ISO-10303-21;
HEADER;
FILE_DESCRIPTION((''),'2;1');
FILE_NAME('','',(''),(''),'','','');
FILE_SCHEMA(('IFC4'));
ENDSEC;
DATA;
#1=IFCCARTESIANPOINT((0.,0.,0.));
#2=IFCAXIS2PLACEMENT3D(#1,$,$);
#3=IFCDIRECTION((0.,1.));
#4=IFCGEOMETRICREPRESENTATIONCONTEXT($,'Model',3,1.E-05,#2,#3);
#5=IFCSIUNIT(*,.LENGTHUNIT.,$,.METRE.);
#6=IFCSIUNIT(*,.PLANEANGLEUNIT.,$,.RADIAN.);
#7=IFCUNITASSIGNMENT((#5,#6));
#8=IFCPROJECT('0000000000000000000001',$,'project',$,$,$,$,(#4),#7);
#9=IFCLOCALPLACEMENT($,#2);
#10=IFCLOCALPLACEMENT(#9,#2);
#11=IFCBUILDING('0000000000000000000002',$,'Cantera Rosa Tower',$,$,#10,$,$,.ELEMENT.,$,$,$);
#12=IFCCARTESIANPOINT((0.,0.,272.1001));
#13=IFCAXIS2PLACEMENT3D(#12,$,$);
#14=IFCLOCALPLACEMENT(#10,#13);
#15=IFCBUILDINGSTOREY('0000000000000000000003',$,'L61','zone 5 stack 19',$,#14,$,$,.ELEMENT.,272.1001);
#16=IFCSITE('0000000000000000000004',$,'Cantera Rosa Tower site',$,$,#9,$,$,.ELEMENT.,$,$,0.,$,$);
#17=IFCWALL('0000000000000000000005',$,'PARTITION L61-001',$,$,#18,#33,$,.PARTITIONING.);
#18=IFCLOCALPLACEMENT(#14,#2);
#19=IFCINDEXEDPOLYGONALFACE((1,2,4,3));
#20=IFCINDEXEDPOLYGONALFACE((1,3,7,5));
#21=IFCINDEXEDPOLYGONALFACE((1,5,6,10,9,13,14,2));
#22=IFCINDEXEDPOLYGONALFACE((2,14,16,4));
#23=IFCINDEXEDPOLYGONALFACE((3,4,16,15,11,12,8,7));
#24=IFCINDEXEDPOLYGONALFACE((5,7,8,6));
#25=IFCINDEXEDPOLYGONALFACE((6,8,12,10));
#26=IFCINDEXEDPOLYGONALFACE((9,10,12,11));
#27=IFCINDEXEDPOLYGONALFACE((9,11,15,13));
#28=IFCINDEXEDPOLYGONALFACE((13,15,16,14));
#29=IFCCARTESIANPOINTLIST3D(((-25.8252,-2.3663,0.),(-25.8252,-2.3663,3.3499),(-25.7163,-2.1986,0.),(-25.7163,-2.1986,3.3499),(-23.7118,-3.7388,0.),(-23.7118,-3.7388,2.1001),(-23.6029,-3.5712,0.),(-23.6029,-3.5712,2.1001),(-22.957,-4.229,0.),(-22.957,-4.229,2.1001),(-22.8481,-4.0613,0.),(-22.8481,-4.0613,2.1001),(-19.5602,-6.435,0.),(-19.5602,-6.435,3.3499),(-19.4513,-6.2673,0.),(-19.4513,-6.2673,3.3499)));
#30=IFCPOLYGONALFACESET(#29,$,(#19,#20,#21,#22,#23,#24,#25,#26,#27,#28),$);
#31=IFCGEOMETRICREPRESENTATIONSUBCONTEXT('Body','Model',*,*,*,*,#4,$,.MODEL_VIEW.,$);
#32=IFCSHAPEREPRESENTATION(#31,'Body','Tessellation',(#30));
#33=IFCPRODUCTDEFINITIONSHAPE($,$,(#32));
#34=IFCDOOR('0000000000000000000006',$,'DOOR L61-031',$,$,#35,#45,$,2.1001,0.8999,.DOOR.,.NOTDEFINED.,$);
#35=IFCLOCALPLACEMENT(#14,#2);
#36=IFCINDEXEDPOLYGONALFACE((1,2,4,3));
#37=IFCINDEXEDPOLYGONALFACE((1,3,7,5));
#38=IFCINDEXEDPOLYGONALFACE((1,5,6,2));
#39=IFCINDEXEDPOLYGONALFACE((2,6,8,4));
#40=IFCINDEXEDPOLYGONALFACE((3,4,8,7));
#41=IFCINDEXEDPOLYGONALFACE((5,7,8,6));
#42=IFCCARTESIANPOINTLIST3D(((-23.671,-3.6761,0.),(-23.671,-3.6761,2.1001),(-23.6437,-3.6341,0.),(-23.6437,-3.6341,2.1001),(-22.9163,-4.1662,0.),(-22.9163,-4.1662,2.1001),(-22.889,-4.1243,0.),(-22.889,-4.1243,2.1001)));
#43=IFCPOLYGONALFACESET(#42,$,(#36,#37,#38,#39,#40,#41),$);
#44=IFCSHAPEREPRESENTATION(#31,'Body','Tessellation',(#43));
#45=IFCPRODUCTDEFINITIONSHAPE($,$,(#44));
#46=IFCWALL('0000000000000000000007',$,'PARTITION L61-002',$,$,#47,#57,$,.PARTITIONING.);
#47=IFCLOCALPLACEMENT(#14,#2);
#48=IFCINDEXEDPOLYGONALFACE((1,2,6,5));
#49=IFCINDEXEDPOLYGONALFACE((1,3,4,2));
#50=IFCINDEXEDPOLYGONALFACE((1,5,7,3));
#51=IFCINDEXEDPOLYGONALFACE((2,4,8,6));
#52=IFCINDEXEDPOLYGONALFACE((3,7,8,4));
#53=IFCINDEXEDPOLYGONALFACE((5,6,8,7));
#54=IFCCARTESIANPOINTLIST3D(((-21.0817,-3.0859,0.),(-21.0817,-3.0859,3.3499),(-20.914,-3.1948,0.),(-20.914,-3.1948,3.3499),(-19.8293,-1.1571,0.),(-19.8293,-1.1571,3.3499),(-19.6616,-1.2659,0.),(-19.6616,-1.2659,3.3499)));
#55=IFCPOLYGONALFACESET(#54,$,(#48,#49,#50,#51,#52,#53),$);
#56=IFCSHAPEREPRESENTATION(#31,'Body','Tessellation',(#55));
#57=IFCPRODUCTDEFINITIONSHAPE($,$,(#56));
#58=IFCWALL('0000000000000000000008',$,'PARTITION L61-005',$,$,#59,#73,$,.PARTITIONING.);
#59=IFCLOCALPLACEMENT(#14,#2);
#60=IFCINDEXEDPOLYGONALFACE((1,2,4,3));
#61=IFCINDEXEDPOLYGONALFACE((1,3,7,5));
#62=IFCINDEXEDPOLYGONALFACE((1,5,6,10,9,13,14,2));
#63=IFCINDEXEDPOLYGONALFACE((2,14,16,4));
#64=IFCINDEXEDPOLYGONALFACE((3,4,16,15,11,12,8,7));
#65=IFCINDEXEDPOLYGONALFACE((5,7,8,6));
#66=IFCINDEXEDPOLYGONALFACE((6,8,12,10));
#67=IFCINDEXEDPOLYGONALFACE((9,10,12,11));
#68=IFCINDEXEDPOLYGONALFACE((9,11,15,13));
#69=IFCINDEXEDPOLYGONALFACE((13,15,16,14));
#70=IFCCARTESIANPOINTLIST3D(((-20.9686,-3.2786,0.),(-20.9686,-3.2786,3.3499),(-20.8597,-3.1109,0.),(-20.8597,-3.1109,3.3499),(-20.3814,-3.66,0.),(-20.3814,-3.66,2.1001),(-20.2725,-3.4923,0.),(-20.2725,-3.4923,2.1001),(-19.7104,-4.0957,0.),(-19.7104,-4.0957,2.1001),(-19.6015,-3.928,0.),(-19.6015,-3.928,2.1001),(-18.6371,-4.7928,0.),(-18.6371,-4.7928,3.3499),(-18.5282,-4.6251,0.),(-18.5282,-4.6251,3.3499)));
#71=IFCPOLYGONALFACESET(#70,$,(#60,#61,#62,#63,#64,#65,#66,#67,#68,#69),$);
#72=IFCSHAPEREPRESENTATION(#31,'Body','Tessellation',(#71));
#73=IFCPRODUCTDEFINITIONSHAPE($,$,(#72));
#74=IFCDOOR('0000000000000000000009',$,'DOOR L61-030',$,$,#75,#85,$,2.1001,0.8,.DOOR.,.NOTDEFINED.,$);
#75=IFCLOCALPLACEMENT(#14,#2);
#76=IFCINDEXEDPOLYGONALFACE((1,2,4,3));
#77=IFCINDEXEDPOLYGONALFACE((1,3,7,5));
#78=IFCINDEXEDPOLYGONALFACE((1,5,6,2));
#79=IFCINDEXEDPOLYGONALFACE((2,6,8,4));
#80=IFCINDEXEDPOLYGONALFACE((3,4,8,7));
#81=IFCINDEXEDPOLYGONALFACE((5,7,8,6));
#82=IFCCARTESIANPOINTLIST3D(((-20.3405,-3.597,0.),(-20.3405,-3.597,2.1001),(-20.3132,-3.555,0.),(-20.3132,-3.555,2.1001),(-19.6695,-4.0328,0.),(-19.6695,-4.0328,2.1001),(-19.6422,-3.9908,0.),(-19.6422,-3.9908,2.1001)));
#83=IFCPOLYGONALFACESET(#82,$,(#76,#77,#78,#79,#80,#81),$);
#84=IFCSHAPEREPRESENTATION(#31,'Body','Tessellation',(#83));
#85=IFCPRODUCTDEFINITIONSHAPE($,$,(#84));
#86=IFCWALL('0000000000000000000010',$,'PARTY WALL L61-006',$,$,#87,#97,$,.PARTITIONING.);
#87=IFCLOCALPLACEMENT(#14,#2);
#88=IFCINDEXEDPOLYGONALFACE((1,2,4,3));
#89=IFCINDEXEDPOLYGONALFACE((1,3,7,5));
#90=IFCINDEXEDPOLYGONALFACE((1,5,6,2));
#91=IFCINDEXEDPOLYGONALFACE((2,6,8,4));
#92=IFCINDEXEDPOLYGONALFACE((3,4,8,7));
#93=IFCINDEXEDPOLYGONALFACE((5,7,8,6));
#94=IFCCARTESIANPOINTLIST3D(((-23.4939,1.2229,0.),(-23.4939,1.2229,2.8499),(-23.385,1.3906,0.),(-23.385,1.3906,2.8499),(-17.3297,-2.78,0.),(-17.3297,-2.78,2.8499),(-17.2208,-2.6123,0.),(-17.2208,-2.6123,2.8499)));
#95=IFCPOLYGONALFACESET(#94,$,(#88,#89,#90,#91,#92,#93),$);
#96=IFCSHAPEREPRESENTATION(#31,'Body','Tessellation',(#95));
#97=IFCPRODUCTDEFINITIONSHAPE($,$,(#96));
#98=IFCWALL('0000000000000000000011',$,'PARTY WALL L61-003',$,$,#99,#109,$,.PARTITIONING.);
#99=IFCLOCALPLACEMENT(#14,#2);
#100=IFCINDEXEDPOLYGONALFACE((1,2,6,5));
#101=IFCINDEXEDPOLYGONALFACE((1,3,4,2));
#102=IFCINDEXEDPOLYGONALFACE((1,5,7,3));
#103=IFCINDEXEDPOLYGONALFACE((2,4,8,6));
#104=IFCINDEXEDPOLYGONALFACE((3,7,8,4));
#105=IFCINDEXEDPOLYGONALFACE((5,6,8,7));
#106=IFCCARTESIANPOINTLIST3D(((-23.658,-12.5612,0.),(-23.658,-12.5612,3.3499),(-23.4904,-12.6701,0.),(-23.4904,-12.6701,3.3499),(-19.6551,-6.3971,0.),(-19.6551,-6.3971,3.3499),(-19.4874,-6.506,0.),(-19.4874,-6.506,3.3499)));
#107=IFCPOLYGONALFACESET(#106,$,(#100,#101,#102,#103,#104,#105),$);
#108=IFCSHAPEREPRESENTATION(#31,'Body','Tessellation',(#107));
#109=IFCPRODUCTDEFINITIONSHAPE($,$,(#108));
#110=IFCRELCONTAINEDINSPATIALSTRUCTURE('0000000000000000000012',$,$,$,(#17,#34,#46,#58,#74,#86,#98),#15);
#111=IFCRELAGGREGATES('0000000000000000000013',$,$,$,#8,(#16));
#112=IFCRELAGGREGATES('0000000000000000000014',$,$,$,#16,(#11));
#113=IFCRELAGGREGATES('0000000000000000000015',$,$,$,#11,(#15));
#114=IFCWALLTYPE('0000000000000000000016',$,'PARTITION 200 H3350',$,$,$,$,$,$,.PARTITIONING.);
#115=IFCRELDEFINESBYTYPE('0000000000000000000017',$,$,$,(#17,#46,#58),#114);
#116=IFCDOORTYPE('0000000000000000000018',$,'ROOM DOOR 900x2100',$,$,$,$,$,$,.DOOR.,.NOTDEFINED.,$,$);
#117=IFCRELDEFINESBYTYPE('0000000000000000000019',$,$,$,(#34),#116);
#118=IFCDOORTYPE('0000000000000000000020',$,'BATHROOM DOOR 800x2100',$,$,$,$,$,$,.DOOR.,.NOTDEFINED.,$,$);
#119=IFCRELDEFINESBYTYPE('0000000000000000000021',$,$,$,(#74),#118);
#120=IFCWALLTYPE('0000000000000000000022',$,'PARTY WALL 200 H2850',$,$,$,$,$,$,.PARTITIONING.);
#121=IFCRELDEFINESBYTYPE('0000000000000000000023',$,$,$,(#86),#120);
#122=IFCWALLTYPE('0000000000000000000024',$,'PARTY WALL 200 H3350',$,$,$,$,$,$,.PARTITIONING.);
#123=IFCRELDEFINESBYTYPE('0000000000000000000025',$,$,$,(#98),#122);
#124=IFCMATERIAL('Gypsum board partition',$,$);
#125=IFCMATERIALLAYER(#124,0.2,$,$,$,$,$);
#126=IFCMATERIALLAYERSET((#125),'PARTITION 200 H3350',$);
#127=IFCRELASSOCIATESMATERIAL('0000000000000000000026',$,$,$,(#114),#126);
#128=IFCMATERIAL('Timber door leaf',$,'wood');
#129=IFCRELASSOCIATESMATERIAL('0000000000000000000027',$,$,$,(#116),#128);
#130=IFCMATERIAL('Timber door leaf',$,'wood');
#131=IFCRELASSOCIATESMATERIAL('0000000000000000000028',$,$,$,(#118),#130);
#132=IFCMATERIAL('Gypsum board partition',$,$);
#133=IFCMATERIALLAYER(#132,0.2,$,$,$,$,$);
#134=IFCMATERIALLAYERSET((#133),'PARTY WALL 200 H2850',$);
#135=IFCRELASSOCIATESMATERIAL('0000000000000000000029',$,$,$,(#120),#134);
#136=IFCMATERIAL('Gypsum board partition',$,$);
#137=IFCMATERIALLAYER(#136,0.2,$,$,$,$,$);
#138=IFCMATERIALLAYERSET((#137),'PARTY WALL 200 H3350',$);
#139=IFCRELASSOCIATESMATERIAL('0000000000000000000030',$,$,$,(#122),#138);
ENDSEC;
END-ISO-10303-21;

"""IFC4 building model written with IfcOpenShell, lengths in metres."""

from ifc_helpers import new_model, si_unit, direction, frame, frame_2d, origin, place, context, subcontext, project, spatial, rectangle, extrude, material, layer, layer_set, type_object, element, fill, save


model = new_model("IFC4")

# Units and contexts
model_context = context("Model", 3, precision=1e-05, world=origin(), true_north=direction((0.0, 1.0)))
body_context = subcontext(model_context, "Body", "Model", "MODEL_VIEW")
ifc_project = project(units=[si_unit("LENGTHUNIT", "METRE"), si_unit("PLANEANGLEUNIT", "RADIAN")], contexts=[model_context])

# Site, building, storey
site_placement = place(None, origin())
site = spatial("IfcSite", under=ifc_project, at=site_placement, Name="Cantera Rosa Tower site", CompositionType="ELEMENT", RefElevation=0.0)
building_placement = place(site_placement, origin())
building = spatial("IfcBuilding", under=site, at=building_placement, Name="Cantera Rosa Tower", CompositionType="ELEMENT")
storey_placement = place(building_placement, frame((0.0, 0.0, 272.1001)))
storey = spatial("IfcBuildingStorey", under=building, at=storey_placement, Name="L61", Description="zone 5 stack 19", CompositionType="ELEMENT", Elevation=272.1001)

# Wall, opening, door
ifc_material_1 = material(Name="Gypsum board partition")
ifc_layer_1 = layer(ifc_material_1, 0.2)
ifc_layer_set_1 = layer_set([ifc_layer_1], Name="PARTITION 200 H3350")
wall_type_1 = type_object("IfcWallType", Name="PARTITION 200 H3350", PredefinedType="PARTITIONING", material=ifc_layer_set_1)
wall_1_placement = place(storey_placement, frame((-25.7708, -2.2825, 0.0), z_axis=(0.0, 0.0, 1.0), x_axis=(0.838662, -0.544652, 0.0)))
wall_1 = element("IfcWall", 1, at=wall_1_placement, inside=storey, type_object=wall_type_1, Name="PARTITION L61-001", PredefinedType="PARTITIONING", context=body_context, shape_type="SweptSolid", body=[
    extrude(rectangle(XDim=7.4702, YDim=0.2, at=frame_2d((3.7351, 0.0))), origin(), (0.0, 0.0, 1.0), 3.3499),
])
opening_1_placement = place(wall_1_placement, frame((2.52, 0.0, 0.0)))
opening_1 = element("IfcOpeningElement", 2, at=opening_1_placement, cuts=wall_1, PredefinedType="OPENING", context=body_context, shape_type="SweptSolid", body=[
    extrude(rectangle(XDim=0.8999, YDim=2.1001, at=frame_2d((0.45, 1.05))), frame((0.0, 0.1099, 0.0), z_axis=(0.0, -1.0, 0.0), x_axis=(1.0, 0.0, 0.0)), (0.0, 0.0, 1.0), 0.22),
])
ifc_material_2 = material(Name="Timber door leaf", Category="wood")
door_type_1 = type_object("IfcDoorType", Name="ROOM DOOR 900x2100", OperationType="NOTDEFINED", PredefinedType="DOOR", material=ifc_material_2)
door_1_placement = place(opening_1_placement, origin())
door_1 = element("IfcDoor", 3, at=door_1_placement, inside=storey, type_object=door_type_1, Name="DOOR L61-031", OperationType="NOTDEFINED", OverallHeight=2.1001, OverallWidth=0.8999, PredefinedType="DOOR", context=body_context, shape_type="SweptSolid", body=[
    extrude(rectangle(XDim=0.8999, YDim=2.1001, at=frame_2d((0.45, 1.05))), frame((0.0, 0.0249, 0.0), z_axis=(0.0, -1.0, 0.0), x_axis=(1.0, 0.0, 0.0)), (0.0, 0.0, 1.0), 0.05),
])
fill(opening_1, door_1)

# Wall
wall_2_placement = place(storey_placement, frame((-20.9978, -3.1404, 0.0), z_axis=(0.0, 0.0, 1.0), x_axis=(0.544567, 0.838718, 0.0)))
element("IfcWall", 4, at=wall_2_placement, inside=storey, type_object=wall_type_1, Name="PARTITION L61-002", PredefinedType="PARTITIONING", context=body_context, shape_type="SweptSolid", body=[
    extrude(rectangle(XDim=2.2998, YDim=0.2, at=frame_2d((1.1499, 0.0))), origin(), (0.0, 0.0, 1.0), 3.3499),
])

# Wall, opening, door
wall_3_placement = place(storey_placement, frame((-18.5825, -4.709, 0.0), z_axis=(0.0, 0.0, 1.0), x_axis=(-0.838664, 0.544649, 0.0)))
wall_3 = element("IfcWall", 5, at=wall_3_placement, inside=storey, type_object=wall_type_1, Name="PARTITION L61-005", PredefinedType="PARTITIONING", context=body_context, shape_type="SweptSolid", body=[
    extrude(rectangle(XDim=2.78, YDim=0.2, at=frame_2d((1.3901, 0.0))), origin(), (0.0, 0.0, 1.0), 3.3499),
])
opening_2_placement = place(wall_3_placement, frame((1.28, 0.0, 0.0)))
opening_2 = element("IfcOpeningElement", 6, at=opening_2_placement, cuts=wall_3, PredefinedType="OPENING", context=body_context, shape_type="SweptSolid", body=[
    extrude(rectangle(XDim=0.8, YDim=2.1001, at=frame_2d((0.3999, 1.05))), frame((0.0, 0.1099, 0.0), z_axis=(0.0, -1.0, 0.0), x_axis=(1.0, 0.0, 0.0)), (0.0, 0.0, 1.0), 0.22),
])
ifc_material_3 = material(Name="Timber door leaf", Category="wood")
door_type_2 = type_object("IfcDoorType", Name="BATHROOM DOOR 800x2100", OperationType="NOTDEFINED", PredefinedType="DOOR", material=ifc_material_3)
door_2_placement = place(opening_2_placement, origin())
door_2 = element("IfcDoor", 7, at=door_2_placement, inside=storey, type_object=door_type_2, Name="DOOR L61-030", OperationType="NOTDEFINED", OverallHeight=2.1001, OverallWidth=0.8, PredefinedType="DOOR", context=body_context, shape_type="SweptSolid", body=[
    extrude(rectangle(XDim=0.8, YDim=2.1001, at=frame_2d((0.3999, 1.05))), frame((0.0, 0.0249, 0.0), z_axis=(0.0, -1.0, 0.0), x_axis=(1.0, 0.0, 0.0)), (0.0, 0.0, 1.0), 0.05),
])
fill(opening_2, door_2)

# Walls
ifc_material_4 = material(Name="Gypsum board partition")
ifc_layer_2 = layer(ifc_material_4, 0.2)
ifc_layer_set_2 = layer_set([ifc_layer_2], Name="PARTY WALL 200 H2850")
wall_type_2 = type_object("IfcWallType", Name="PARTY WALL 200 H2850", PredefinedType="PARTITIONING", material=ifc_layer_set_2)
wall_4_placement = place(storey_placement, frame((-17.2754, -2.696, 0.0), z_axis=(0.0, 0.0, 1.0), x_axis=(-0.838684, 0.544618, 0.0)))
element("IfcWall", 8, at=wall_4_placement, inside=storey, type_object=wall_type_2, Name="PARTY WALL L61-006", PredefinedType="PARTITIONING", context=body_context, shape_type="SweptSolid", body=[
    extrude(rectangle(XDim=7.3499, YDim=0.2, at=frame_2d((3.6748, 0.0))), origin(), (0.0, 0.0, 1.0), 2.8499),
])
ifc_material_5 = material(Name="Gypsum board partition")
ifc_layer_3 = layer(ifc_material_5, 0.2)
ifc_layer_set_3 = layer_set([ifc_layer_3], Name="PARTY WALL 200 H3350")
wall_type_3 = type_object("IfcWallType", Name="PARTY WALL 200 H3350", PredefinedType="PARTITIONING", material=ifc_layer_set_3)
wall_5_placement = place(storey_placement, frame((-19.5713, -6.4517, 0.0), z_axis=(0.0, 0.0, 1.0), x_axis=(-0.544633, -0.838674, 0.0)))
element("IfcWall", 9, at=wall_5_placement, inside=storey, type_object=wall_type_3, Name="PARTY WALL L61-003", PredefinedType="PARTITIONING", context=body_context, shape_type="SweptSolid", body=[
    extrude(rectangle(XDim=7.3499, YDim=0.2, at=frame_2d((3.6748, 0.0))), origin(), (0.0, 0.0, 1.0), 3.3499),
])

save(model, "model.ifc")
